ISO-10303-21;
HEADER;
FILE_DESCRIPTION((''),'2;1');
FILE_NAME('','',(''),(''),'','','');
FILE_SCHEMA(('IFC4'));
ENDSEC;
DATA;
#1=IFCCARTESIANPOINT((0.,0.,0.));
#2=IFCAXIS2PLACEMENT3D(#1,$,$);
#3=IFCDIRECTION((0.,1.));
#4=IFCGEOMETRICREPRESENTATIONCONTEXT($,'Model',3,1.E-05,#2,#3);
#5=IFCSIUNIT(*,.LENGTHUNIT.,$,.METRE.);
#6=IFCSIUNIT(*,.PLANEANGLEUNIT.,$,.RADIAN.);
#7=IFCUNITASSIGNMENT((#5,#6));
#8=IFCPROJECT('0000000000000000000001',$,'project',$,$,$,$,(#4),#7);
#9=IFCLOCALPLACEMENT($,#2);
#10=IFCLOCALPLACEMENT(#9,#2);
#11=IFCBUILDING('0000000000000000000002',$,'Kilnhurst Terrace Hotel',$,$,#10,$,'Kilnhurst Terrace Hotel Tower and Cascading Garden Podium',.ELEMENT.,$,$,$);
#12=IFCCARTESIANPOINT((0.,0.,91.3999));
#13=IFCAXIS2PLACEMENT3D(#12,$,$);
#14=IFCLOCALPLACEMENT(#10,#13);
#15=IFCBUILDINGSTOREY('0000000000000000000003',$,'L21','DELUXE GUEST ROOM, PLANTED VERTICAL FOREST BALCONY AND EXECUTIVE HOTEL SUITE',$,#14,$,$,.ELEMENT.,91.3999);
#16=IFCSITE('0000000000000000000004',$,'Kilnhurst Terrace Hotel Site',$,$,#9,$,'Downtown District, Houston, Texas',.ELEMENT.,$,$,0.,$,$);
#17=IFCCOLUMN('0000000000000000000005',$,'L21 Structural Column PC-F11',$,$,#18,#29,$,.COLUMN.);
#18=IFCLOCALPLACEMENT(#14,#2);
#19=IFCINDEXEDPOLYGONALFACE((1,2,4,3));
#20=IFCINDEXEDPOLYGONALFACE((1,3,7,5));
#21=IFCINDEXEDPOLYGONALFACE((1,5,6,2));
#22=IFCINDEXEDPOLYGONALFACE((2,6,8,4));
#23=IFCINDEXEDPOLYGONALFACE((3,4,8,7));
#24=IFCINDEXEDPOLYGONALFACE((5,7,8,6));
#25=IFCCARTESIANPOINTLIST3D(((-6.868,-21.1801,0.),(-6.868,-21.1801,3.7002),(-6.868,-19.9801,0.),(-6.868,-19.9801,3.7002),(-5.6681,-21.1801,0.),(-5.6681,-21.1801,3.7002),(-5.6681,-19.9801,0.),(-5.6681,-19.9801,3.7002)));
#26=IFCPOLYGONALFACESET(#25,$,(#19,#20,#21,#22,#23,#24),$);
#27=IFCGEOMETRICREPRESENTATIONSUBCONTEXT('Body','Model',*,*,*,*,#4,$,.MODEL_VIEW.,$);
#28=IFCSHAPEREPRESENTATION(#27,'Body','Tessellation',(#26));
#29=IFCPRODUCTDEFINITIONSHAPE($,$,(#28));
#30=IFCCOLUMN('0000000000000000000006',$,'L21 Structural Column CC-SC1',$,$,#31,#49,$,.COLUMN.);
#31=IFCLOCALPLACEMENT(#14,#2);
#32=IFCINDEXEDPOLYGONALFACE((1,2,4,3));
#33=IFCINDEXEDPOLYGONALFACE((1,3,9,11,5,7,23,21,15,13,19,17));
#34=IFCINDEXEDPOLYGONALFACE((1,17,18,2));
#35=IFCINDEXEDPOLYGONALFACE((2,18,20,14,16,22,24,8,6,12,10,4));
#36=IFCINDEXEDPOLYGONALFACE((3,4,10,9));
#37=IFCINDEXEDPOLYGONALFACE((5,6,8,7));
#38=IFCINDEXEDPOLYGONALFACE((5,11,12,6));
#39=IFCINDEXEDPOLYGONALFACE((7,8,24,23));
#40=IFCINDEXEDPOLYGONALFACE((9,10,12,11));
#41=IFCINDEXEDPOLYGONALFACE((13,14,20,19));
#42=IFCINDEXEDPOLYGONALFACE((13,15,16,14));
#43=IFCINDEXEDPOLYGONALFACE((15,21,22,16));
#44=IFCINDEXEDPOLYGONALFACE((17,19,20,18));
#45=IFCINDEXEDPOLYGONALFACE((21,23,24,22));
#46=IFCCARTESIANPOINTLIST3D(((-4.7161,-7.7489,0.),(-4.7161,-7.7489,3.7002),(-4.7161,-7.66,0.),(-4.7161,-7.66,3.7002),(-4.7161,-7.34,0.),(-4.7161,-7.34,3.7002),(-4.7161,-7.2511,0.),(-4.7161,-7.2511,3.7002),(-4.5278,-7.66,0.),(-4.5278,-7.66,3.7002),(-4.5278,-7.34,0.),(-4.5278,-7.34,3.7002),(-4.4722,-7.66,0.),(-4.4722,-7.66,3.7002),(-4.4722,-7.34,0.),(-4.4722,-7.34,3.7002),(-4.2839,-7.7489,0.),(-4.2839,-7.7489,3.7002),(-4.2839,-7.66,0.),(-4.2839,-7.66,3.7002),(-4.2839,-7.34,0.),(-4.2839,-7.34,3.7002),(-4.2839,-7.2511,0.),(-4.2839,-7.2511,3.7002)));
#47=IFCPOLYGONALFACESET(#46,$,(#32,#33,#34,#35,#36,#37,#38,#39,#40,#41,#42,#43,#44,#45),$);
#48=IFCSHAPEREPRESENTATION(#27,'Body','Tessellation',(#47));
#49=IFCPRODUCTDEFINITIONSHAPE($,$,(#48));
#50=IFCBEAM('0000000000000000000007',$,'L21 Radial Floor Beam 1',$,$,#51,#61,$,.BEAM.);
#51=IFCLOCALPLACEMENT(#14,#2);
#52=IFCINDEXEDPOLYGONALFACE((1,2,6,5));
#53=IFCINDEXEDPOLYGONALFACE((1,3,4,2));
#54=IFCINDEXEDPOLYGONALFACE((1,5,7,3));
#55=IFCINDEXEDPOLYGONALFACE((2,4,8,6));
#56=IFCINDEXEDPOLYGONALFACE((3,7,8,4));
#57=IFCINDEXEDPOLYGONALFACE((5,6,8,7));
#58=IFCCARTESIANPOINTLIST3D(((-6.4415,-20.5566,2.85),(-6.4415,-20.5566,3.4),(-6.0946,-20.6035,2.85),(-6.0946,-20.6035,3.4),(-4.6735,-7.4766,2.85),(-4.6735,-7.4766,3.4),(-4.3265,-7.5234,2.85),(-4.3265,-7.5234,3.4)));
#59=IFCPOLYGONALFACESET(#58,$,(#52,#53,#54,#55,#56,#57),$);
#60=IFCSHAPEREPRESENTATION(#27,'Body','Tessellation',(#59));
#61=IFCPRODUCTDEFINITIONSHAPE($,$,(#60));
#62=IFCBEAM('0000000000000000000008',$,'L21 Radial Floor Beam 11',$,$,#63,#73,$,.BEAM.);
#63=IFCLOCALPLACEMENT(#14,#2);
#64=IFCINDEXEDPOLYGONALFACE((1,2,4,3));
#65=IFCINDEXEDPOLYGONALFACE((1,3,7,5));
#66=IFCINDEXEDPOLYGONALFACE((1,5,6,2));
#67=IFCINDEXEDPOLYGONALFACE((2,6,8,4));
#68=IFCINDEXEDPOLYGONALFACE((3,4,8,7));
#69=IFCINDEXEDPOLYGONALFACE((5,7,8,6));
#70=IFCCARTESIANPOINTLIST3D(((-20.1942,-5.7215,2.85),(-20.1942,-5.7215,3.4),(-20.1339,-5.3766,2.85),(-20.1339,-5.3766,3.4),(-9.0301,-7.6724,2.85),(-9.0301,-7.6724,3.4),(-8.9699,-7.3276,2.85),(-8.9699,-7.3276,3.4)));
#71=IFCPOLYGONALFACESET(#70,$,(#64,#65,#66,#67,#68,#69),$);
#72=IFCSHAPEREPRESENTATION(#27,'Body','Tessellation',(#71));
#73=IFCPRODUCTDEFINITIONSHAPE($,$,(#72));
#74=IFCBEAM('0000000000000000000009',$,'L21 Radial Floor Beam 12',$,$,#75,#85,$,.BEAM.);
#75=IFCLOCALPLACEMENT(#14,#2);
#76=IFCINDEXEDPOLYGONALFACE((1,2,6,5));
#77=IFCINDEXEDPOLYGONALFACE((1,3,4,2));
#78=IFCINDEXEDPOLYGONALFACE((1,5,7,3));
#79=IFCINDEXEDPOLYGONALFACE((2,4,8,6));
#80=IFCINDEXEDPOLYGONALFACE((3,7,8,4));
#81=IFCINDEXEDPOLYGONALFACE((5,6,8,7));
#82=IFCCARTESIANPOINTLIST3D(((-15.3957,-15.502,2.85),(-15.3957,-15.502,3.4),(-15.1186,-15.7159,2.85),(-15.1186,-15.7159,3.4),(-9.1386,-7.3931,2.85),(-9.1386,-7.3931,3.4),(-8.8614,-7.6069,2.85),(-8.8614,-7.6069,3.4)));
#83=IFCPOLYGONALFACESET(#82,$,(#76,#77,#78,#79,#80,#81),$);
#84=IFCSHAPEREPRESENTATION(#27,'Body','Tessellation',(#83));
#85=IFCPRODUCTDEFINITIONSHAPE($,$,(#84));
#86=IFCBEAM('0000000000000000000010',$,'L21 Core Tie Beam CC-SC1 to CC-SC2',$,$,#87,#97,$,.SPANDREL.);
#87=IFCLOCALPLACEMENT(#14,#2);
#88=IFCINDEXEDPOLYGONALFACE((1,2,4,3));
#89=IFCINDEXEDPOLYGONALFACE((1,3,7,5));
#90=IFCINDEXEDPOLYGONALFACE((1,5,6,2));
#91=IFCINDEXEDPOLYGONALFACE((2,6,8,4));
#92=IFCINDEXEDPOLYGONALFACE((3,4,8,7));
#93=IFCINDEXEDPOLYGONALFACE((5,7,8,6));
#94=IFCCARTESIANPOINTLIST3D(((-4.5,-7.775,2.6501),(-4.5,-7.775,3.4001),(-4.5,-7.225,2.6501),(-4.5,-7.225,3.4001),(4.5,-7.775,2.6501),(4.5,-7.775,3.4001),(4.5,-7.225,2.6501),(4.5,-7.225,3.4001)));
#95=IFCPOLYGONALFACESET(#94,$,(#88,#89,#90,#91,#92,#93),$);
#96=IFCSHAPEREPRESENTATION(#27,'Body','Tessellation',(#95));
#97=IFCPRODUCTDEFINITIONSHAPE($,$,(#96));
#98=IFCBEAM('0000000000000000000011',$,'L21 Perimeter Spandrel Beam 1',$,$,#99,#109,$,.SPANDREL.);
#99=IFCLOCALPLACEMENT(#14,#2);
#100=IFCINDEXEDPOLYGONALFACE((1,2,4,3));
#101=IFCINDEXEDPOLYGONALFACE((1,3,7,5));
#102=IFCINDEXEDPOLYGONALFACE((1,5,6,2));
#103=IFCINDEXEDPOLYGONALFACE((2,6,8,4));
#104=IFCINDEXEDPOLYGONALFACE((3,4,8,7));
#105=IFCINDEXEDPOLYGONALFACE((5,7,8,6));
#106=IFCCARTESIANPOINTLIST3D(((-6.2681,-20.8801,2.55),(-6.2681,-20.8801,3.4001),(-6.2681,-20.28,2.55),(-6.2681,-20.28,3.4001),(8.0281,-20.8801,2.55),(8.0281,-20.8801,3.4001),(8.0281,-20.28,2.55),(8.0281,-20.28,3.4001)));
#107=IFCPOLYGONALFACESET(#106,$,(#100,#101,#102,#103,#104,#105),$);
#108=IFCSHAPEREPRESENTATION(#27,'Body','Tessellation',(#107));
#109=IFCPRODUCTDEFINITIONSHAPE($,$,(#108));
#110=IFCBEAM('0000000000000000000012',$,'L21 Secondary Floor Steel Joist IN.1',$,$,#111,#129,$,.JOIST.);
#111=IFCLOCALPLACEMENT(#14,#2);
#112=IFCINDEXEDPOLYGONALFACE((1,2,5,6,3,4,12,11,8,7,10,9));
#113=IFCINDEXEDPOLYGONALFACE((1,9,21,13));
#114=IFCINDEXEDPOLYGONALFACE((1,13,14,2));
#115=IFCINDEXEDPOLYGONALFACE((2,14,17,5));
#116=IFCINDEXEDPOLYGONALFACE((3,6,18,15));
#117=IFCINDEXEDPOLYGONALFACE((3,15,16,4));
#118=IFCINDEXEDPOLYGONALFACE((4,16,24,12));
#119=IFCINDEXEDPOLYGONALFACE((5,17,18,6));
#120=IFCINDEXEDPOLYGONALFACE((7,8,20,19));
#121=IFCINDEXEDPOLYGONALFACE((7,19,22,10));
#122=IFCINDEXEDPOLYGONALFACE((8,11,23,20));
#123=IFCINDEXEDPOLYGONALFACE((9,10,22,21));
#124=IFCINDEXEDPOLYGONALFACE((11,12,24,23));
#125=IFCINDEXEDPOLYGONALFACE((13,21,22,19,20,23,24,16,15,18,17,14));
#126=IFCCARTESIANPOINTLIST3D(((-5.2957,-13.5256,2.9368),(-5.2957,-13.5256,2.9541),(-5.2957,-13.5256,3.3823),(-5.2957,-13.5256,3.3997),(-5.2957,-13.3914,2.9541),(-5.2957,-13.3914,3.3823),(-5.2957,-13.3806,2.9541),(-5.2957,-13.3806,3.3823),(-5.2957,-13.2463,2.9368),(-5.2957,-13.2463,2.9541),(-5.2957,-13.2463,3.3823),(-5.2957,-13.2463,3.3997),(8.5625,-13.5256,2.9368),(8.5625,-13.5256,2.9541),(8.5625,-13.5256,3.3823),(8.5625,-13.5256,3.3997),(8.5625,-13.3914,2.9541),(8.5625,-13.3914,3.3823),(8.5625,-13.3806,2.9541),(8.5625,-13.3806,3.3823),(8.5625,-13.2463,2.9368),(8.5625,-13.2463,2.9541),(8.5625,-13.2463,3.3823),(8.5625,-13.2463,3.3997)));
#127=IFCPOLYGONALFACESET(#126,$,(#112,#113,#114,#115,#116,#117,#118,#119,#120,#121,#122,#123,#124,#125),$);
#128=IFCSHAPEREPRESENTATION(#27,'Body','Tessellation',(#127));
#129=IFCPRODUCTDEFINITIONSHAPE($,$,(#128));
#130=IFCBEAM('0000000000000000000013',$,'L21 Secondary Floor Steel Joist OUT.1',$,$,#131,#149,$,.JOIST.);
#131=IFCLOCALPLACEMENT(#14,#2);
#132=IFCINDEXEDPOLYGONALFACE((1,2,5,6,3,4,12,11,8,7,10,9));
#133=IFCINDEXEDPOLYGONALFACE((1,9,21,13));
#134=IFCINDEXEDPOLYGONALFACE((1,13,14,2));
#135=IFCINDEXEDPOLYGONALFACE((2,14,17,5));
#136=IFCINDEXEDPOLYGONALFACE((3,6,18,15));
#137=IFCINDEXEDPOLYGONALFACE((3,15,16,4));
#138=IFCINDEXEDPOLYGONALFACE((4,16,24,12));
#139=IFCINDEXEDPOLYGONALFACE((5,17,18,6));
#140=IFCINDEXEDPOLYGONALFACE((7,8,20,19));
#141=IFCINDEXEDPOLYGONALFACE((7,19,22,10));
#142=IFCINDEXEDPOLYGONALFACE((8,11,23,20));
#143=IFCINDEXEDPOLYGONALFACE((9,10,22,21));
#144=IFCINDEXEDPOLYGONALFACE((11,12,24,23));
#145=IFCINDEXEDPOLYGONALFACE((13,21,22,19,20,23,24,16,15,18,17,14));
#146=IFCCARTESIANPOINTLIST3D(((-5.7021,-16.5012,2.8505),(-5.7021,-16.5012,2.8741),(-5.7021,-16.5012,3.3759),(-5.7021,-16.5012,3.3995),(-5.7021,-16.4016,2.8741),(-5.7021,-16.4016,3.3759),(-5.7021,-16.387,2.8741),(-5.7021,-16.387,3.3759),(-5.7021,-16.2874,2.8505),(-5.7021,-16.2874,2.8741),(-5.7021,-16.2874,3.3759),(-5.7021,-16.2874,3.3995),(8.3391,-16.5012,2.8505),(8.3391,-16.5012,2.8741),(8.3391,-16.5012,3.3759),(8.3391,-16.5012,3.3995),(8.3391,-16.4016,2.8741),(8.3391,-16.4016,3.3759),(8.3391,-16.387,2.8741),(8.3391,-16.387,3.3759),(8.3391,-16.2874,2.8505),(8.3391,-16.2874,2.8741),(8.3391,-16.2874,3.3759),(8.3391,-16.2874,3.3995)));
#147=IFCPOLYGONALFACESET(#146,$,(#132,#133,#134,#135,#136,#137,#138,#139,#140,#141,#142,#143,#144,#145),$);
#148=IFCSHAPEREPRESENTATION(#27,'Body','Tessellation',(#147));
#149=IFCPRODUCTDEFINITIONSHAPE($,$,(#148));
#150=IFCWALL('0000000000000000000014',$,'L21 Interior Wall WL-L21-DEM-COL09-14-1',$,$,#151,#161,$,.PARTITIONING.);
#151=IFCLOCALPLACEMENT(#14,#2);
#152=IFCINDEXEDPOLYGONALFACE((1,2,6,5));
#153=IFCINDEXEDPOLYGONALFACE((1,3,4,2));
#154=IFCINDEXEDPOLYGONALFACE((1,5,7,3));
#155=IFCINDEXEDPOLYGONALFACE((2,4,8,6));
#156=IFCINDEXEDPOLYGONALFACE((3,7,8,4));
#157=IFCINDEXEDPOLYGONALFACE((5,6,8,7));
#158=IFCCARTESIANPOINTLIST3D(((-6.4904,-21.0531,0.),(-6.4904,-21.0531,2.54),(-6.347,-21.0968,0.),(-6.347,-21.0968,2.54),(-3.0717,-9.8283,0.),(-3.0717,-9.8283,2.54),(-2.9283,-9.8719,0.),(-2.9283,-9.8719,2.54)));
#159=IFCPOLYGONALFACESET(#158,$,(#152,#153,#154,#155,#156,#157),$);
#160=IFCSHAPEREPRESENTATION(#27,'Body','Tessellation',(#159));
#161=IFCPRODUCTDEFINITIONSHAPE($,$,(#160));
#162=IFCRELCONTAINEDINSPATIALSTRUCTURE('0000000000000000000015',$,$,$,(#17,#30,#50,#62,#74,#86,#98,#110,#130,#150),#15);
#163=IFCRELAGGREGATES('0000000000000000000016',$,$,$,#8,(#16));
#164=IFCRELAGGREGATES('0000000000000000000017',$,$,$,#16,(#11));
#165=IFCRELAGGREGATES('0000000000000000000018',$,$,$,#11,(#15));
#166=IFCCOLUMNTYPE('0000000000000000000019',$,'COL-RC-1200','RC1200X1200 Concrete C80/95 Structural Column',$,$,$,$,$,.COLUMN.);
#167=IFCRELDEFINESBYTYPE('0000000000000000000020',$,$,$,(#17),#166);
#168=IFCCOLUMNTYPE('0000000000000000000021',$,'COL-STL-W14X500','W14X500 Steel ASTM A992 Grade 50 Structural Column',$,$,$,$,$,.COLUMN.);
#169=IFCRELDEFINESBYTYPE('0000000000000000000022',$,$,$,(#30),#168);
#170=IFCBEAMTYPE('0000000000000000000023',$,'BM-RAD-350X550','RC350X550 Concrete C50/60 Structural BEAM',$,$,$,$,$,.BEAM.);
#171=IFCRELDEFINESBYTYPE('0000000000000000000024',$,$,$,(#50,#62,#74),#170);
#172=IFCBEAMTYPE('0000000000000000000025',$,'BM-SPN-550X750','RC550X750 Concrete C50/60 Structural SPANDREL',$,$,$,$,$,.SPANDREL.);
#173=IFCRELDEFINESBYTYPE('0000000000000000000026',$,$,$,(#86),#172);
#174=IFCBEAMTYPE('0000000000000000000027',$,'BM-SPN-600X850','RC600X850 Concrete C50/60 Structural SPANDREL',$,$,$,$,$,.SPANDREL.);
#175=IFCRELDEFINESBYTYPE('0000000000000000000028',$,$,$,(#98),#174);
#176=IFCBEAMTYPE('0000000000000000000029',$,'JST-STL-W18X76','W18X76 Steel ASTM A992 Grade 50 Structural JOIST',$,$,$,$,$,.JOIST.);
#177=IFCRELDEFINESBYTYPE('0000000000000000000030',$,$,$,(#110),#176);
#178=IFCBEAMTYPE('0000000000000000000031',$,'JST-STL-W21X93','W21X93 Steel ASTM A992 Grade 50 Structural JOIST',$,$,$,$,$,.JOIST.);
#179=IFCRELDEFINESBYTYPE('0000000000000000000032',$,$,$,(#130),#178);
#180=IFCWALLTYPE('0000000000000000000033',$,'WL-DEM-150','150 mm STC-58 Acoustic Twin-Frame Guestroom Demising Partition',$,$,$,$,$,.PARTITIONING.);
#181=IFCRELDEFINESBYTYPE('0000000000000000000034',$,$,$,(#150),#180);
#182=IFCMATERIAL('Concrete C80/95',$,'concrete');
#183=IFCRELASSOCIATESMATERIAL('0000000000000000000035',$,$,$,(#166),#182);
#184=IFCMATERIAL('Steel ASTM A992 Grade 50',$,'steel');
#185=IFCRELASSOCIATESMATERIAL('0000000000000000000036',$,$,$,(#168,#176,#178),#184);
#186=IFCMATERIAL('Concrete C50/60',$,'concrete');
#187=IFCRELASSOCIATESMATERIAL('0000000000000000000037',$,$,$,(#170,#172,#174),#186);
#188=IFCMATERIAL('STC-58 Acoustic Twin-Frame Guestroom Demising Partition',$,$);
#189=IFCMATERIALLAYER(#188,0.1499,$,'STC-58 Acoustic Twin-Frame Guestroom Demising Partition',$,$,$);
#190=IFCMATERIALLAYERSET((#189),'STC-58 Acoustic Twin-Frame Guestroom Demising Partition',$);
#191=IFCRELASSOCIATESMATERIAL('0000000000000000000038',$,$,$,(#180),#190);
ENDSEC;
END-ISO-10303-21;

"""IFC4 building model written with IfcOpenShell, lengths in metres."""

from ifc_helpers import new_model, si_unit, direction, frame, frame_2d, origin, origin_2d, place, context, subcontext, project, spatial, rectangle, i_section, extrude, material, layer, layer_set, material_profile, profile_set, type_object, element, save


model = new_model("IFC4")

# Units and contexts
model_context = context("Model", 3, precision=1e-05, world=origin(), true_north=direction((0.0, 1.0)))
body_context = subcontext(model_context, "Body", "Model", "MODEL_VIEW")
ifc_project = project(units=[si_unit("LENGTHUNIT", "METRE"), si_unit("PLANEANGLEUNIT", "RADIAN")], contexts=[model_context])

# Site, building, storey
site_placement = place(None, origin())
site = spatial("IfcSite", under=ifc_project, at=site_placement, Name="Kilnhurst Terrace Hotel Site", LongName="Downtown District, Houston, Texas", CompositionType="ELEMENT", RefElevation=0.0)
building_placement = place(site_placement, origin())
building = spatial("IfcBuilding", under=site, at=building_placement, Name="Kilnhurst Terrace Hotel", LongName="Kilnhurst Terrace Hotel Tower and Cascading Garden Podium", CompositionType="ELEMENT")
storey_placement = place(building_placement, frame((0.0, 0.0, 91.3999)))
storey = spatial("IfcBuildingStorey", under=building, at=storey_placement, Name="L21", Description="DELUXE GUEST ROOM, PLANTED VERTICAL FOREST BALCONY AND EXECUTIVE HOTEL SUITE", CompositionType="ELEMENT", Elevation=91.3999)

# Columns
ifc_material_1 = material(Name="Concrete C80/95", Category="concrete")
ifc_material_profile_1 = material_profile(ifc_material_1, rectangle(XDim=1.2, YDim=1.2, at=origin_2d()), Name="RC1200X1200")
ifc_profile_set_1 = profile_set([ifc_material_profile_1], Name="Concrete C80/95")
column_type_1 = type_object("IfcColumnType", Name="COL-RC-1200", Description="RC1200X1200 Concrete C80/95 Structural Column", PredefinedType="COLUMN", material=ifc_profile_set_1)
column_1_placement = place(storey_placement, frame((-6.2681, -20.5801, 0.0), z_axis=(0.0, 0.0, 1.0), x_axis=(1.0, 0.0, 0.0)))
element("IfcColumn", 1, at=column_1_placement, inside=storey, type_object=column_type_1, Name="L21 Structural Column PC-F11", PredefinedType="COLUMN", context=body_context, shape_type="SweptSolid", body=[
    extrude(rectangle(XDim=1.2, YDim=1.2, at=origin_2d()), origin(), (0.0, 0.0, 1.0), 3.7002),
])
ifc_material_2 = material(Name="Steel ASTM A992 Grade 50", Category="steel")
ifc_material_profile_2 = material_profile(ifc_material_2, i_section(OverallWidth=0.4321, OverallDepth=0.4978, WebThickness=0.0557, FlangeThickness=0.0889, at=origin_2d()), Name="W14X500")
ifc_profile_set_2 = profile_set([ifc_material_profile_2], Name="Steel ASTM A992 Grade 50")
column_type_2 = type_object("IfcColumnType", Name="COL-STL-W14X500", Description="W14X500 Steel ASTM A992 Grade 50 Structural Column", PredefinedType="COLUMN", material=ifc_profile_set_2)
column_2_placement = place(storey_placement, frame((-4.5, -7.5, 0.0), z_axis=(0.0, 0.0, 1.0), x_axis=(1.0, 0.0, 0.0)))
element("IfcColumn", 2, at=column_2_placement, inside=storey, type_object=column_type_2, Name="L21 Structural Column CC-SC1", PredefinedType="COLUMN", context=body_context, shape_type="SweptSolid", body=[
    extrude(i_section(OverallWidth=0.4321, OverallDepth=0.4978, WebThickness=0.0557, FlangeThickness=0.0889, at=origin_2d()), origin(), (0.0, 0.0, 1.0), 3.7002),
])

# Beams
ifc_material_3 = material(Name="Concrete C50/60", Category="concrete")
ifc_material_profile_3 = material_profile(ifc_material_3, rectangle(XDim=0.3501, YDim=0.55, at=origin_2d()), Name="RC350X550")
ifc_profile_set_3 = profile_set([ifc_material_profile_3], Name="Concrete C50/60")
beam_type_1 = type_object("IfcBeamType", Name="BM-RAD-350X550", Description="RC350X550 Concrete C50/60 Structural BEAM", PredefinedType="BEAM", material=ifc_profile_set_3)
beam_1_placement = place(storey_placement, frame((-4.5, -7.5, 3.125), z_axis=(-0.133954, -0.990988, 0.0), x_axis=(0.990988, -0.133954, 0.0)))
element("IfcBeam", 3, at=beam_1_placement, inside=storey, type_object=beam_type_1, Name="L21 Radial Floor Beam 1", PredefinedType="BEAM", context=body_context, shape_type="SweptSolid", body=[
    extrude(rectangle(XDim=0.3501, YDim=0.55, at=origin_2d()), origin(), (0.0, 0.0, 1.0), 13.199),
])
beam_2_placement = place(storey_placement, frame((-9.0, -7.5, 3.125), z_axis=(-0.985072, 0.172142, 0.0), x_axis=(-0.172142, -0.985072, 0.0)))
element("IfcBeam", 4, at=beam_2_placement, inside=storey, type_object=beam_type_1, Name="L21 Radial Floor Beam 11", PredefinedType="BEAM", context=body_context, shape_type="SweptSolid", body=[
    extrude(rectangle(XDim=0.3501, YDim=0.55, at=origin_2d()), origin(), (0.0, 0.0, 1.0), 11.3333),
])
beam_3_placement = place(storey_placement, frame((-9.0, -7.5, 3.125), z_axis=(-0.610905, -0.791704, 0.0), x_axis=(0.791704, -0.610905, 0.0)))
element("IfcBeam", 5, at=beam_3_placement, inside=storey, type_object=beam_type_1, Name="L21 Radial Floor Beam 12", PredefinedType="BEAM", context=body_context, shape_type="SweptSolid", body=[
    extrude(rectangle(XDim=0.3501, YDim=0.55, at=origin_2d()), origin(), (0.0, 0.0, 1.0), 10.2424),
])
ifc_material_profile_4 = material_profile(ifc_material_3, rectangle(XDim=0.55, YDim=0.75, at=origin_2d()), Name="RC550X750")
ifc_profile_set_4 = profile_set([ifc_material_profile_4], Name="Concrete C50/60")
beam_type_2 = type_object("IfcBeamType", Name="BM-SPN-550X750", Description="RC550X750 Concrete C50/60 Structural SPANDREL", PredefinedType="SPANDREL", material=ifc_profile_set_4)
beam_4_placement = place(storey_placement, frame((-4.5, -7.5, 3.0251), z_axis=(1.0, 0.0, 0.0), x_axis=(0.0, 1.0, 0.0)))
element("IfcBeam", 6, at=beam_4_placement, inside=storey, type_object=beam_type_2, Name="L21 Core Tie Beam CC-SC1 to CC-SC2", PredefinedType="SPANDREL", context=body_context, shape_type="SweptSolid", body=[
    extrude(rectangle(XDim=0.55, YDim=0.75, at=origin_2d()), origin(), (0.0, 0.0, 1.0), 9.0),
])
ifc_material_profile_5 = material_profile(ifc_material_3, rectangle(XDim=0.6001, YDim=0.8501, at=origin_2d()), Name="RC600X850")
ifc_profile_set_5 = profile_set([ifc_material_profile_5], Name="Concrete C50/60")
beam_type_3 = type_object("IfcBeamType", Name="BM-SPN-600X850", Description="RC600X850 Concrete C50/60 Structural SPANDREL", PredefinedType="SPANDREL", material=ifc_profile_set_5)
beam_5_placement = place(storey_placement, frame((-6.2681, -20.5801, 2.9751), z_axis=(1.0, 0.0, 0.0), x_axis=(0.0, 1.0, 0.0)))
element("IfcBeam", 7, at=beam_5_placement, inside=storey, type_object=beam_type_3, Name="L21 Perimeter Spandrel Beam 1", PredefinedType="SPANDREL", context=body_context, shape_type="SweptSolid", body=[
    extrude(rectangle(XDim=0.6001, YDim=0.8501, at=origin_2d()), origin(), (0.0, 0.0, 1.0), 14.2961),
])
ifc_material_profile_6 = material_profile(ifc_material_2, i_section(OverallWidth=0.2793, OverallDepth=0.4629, WebThickness=0.0107, FlangeThickness=0.0173, at=origin_2d()), Name="W18X76")
ifc_profile_set_6 = profile_set([ifc_material_profile_6], Name="Steel ASTM A992 Grade 50")
beam_type_4 = type_object("IfcBeamType", Name="JST-STL-W18X76", Description="W18X76 Steel ASTM A992 Grade 50 Structural JOIST", PredefinedType="JOIST", material=ifc_profile_set_6)
beam_6_placement = place(storey_placement, frame((-5.2957, -13.386, 3.1682), z_axis=(1.0, 0.0, 0.0), x_axis=(0.0, 1.0, 0.0)))
element("IfcBeam", 8, at=beam_6_placement, inside=storey, type_object=beam_type_4, Name="L21 Secondary Floor Steel Joist IN.1", PredefinedType="JOIST", context=body_context, shape_type="SweptSolid", body=[
    extrude(i_section(OverallWidth=0.2793, OverallDepth=0.4629, WebThickness=0.0107, FlangeThickness=0.0173, at=origin_2d()), origin(), (0.0, 0.0, 1.0), 13.8582),
])
ifc_material_profile_7 = material_profile(ifc_material_2, i_section(OverallWidth=0.2139, OverallDepth=0.5491, WebThickness=0.0146, FlangeThickness=0.0237, at=origin_2d()), Name="W21X93")
ifc_profile_set_7 = profile_set([ifc_material_profile_7], Name="Steel ASTM A992 Grade 50")
beam_type_5 = type_object("IfcBeamType", Name="JST-STL-W21X93", Description="W21X93 Steel ASTM A992 Grade 50 Structural JOIST", PredefinedType="JOIST", material=ifc_profile_set_7)
beam_7_placement = place(storey_placement, frame((-5.7021, -16.3943, 3.125), z_axis=(1.0, 0.0, 0.0), x_axis=(0.0, 1.0, 0.0)))
element("IfcBeam", 9, at=beam_7_placement, inside=storey, type_object=beam_type_5, Name="L21 Secondary Floor Steel Joist OUT.1", PredefinedType="JOIST", context=body_context, shape_type="SweptSolid", body=[
    extrude(i_section(OverallWidth=0.2139, OverallDepth=0.5491, WebThickness=0.0146, FlangeThickness=0.0237, at=origin_2d()), origin(), (0.0, 0.0, 1.0), 14.0413),
])

# Wall
ifc_material_4 = material(Name="STC-58 Acoustic Twin-Frame Guestroom Demising Partition")
ifc_layer_1 = layer(ifc_material_4, 0.1499, Name="STC-58 Acoustic Twin-Frame Guestroom Demising Partition")
ifc_layer_set_1 = layer_set([ifc_layer_1], Name="STC-58 Acoustic Twin-Frame Guestroom Demising Partition")
wall_type_1 = type_object("IfcWallType", Name="WL-DEM-150", Description="150 mm STC-58 Acoustic Twin-Frame Guestroom Demising Partition", PredefinedType="PARTITIONING", material=ifc_layer_set_1)
wall_1_placement = place(storey_placement, frame((-3.0, -9.8501, 0.0), z_axis=(0.0, 0.0, 1.0), x_axis=(-0.291352, -0.956616, 0.0)))
element("IfcWall", 10, at=wall_1_placement, inside=storey, type_object=wall_type_1, Name="L21 Interior Wall WL-L21-DEM-COL09-14-1", PredefinedType="PARTITIONING", context=body_context, shape_type="SweptSolid", body=[
    extrude(rectangle(XDim=11.7339, YDim=0.1499, at=frame_2d((5.8669, 0.0))), origin(), (0.0, 0.0, 1.0), 2.54),
])

save(model, "model.ifc")
